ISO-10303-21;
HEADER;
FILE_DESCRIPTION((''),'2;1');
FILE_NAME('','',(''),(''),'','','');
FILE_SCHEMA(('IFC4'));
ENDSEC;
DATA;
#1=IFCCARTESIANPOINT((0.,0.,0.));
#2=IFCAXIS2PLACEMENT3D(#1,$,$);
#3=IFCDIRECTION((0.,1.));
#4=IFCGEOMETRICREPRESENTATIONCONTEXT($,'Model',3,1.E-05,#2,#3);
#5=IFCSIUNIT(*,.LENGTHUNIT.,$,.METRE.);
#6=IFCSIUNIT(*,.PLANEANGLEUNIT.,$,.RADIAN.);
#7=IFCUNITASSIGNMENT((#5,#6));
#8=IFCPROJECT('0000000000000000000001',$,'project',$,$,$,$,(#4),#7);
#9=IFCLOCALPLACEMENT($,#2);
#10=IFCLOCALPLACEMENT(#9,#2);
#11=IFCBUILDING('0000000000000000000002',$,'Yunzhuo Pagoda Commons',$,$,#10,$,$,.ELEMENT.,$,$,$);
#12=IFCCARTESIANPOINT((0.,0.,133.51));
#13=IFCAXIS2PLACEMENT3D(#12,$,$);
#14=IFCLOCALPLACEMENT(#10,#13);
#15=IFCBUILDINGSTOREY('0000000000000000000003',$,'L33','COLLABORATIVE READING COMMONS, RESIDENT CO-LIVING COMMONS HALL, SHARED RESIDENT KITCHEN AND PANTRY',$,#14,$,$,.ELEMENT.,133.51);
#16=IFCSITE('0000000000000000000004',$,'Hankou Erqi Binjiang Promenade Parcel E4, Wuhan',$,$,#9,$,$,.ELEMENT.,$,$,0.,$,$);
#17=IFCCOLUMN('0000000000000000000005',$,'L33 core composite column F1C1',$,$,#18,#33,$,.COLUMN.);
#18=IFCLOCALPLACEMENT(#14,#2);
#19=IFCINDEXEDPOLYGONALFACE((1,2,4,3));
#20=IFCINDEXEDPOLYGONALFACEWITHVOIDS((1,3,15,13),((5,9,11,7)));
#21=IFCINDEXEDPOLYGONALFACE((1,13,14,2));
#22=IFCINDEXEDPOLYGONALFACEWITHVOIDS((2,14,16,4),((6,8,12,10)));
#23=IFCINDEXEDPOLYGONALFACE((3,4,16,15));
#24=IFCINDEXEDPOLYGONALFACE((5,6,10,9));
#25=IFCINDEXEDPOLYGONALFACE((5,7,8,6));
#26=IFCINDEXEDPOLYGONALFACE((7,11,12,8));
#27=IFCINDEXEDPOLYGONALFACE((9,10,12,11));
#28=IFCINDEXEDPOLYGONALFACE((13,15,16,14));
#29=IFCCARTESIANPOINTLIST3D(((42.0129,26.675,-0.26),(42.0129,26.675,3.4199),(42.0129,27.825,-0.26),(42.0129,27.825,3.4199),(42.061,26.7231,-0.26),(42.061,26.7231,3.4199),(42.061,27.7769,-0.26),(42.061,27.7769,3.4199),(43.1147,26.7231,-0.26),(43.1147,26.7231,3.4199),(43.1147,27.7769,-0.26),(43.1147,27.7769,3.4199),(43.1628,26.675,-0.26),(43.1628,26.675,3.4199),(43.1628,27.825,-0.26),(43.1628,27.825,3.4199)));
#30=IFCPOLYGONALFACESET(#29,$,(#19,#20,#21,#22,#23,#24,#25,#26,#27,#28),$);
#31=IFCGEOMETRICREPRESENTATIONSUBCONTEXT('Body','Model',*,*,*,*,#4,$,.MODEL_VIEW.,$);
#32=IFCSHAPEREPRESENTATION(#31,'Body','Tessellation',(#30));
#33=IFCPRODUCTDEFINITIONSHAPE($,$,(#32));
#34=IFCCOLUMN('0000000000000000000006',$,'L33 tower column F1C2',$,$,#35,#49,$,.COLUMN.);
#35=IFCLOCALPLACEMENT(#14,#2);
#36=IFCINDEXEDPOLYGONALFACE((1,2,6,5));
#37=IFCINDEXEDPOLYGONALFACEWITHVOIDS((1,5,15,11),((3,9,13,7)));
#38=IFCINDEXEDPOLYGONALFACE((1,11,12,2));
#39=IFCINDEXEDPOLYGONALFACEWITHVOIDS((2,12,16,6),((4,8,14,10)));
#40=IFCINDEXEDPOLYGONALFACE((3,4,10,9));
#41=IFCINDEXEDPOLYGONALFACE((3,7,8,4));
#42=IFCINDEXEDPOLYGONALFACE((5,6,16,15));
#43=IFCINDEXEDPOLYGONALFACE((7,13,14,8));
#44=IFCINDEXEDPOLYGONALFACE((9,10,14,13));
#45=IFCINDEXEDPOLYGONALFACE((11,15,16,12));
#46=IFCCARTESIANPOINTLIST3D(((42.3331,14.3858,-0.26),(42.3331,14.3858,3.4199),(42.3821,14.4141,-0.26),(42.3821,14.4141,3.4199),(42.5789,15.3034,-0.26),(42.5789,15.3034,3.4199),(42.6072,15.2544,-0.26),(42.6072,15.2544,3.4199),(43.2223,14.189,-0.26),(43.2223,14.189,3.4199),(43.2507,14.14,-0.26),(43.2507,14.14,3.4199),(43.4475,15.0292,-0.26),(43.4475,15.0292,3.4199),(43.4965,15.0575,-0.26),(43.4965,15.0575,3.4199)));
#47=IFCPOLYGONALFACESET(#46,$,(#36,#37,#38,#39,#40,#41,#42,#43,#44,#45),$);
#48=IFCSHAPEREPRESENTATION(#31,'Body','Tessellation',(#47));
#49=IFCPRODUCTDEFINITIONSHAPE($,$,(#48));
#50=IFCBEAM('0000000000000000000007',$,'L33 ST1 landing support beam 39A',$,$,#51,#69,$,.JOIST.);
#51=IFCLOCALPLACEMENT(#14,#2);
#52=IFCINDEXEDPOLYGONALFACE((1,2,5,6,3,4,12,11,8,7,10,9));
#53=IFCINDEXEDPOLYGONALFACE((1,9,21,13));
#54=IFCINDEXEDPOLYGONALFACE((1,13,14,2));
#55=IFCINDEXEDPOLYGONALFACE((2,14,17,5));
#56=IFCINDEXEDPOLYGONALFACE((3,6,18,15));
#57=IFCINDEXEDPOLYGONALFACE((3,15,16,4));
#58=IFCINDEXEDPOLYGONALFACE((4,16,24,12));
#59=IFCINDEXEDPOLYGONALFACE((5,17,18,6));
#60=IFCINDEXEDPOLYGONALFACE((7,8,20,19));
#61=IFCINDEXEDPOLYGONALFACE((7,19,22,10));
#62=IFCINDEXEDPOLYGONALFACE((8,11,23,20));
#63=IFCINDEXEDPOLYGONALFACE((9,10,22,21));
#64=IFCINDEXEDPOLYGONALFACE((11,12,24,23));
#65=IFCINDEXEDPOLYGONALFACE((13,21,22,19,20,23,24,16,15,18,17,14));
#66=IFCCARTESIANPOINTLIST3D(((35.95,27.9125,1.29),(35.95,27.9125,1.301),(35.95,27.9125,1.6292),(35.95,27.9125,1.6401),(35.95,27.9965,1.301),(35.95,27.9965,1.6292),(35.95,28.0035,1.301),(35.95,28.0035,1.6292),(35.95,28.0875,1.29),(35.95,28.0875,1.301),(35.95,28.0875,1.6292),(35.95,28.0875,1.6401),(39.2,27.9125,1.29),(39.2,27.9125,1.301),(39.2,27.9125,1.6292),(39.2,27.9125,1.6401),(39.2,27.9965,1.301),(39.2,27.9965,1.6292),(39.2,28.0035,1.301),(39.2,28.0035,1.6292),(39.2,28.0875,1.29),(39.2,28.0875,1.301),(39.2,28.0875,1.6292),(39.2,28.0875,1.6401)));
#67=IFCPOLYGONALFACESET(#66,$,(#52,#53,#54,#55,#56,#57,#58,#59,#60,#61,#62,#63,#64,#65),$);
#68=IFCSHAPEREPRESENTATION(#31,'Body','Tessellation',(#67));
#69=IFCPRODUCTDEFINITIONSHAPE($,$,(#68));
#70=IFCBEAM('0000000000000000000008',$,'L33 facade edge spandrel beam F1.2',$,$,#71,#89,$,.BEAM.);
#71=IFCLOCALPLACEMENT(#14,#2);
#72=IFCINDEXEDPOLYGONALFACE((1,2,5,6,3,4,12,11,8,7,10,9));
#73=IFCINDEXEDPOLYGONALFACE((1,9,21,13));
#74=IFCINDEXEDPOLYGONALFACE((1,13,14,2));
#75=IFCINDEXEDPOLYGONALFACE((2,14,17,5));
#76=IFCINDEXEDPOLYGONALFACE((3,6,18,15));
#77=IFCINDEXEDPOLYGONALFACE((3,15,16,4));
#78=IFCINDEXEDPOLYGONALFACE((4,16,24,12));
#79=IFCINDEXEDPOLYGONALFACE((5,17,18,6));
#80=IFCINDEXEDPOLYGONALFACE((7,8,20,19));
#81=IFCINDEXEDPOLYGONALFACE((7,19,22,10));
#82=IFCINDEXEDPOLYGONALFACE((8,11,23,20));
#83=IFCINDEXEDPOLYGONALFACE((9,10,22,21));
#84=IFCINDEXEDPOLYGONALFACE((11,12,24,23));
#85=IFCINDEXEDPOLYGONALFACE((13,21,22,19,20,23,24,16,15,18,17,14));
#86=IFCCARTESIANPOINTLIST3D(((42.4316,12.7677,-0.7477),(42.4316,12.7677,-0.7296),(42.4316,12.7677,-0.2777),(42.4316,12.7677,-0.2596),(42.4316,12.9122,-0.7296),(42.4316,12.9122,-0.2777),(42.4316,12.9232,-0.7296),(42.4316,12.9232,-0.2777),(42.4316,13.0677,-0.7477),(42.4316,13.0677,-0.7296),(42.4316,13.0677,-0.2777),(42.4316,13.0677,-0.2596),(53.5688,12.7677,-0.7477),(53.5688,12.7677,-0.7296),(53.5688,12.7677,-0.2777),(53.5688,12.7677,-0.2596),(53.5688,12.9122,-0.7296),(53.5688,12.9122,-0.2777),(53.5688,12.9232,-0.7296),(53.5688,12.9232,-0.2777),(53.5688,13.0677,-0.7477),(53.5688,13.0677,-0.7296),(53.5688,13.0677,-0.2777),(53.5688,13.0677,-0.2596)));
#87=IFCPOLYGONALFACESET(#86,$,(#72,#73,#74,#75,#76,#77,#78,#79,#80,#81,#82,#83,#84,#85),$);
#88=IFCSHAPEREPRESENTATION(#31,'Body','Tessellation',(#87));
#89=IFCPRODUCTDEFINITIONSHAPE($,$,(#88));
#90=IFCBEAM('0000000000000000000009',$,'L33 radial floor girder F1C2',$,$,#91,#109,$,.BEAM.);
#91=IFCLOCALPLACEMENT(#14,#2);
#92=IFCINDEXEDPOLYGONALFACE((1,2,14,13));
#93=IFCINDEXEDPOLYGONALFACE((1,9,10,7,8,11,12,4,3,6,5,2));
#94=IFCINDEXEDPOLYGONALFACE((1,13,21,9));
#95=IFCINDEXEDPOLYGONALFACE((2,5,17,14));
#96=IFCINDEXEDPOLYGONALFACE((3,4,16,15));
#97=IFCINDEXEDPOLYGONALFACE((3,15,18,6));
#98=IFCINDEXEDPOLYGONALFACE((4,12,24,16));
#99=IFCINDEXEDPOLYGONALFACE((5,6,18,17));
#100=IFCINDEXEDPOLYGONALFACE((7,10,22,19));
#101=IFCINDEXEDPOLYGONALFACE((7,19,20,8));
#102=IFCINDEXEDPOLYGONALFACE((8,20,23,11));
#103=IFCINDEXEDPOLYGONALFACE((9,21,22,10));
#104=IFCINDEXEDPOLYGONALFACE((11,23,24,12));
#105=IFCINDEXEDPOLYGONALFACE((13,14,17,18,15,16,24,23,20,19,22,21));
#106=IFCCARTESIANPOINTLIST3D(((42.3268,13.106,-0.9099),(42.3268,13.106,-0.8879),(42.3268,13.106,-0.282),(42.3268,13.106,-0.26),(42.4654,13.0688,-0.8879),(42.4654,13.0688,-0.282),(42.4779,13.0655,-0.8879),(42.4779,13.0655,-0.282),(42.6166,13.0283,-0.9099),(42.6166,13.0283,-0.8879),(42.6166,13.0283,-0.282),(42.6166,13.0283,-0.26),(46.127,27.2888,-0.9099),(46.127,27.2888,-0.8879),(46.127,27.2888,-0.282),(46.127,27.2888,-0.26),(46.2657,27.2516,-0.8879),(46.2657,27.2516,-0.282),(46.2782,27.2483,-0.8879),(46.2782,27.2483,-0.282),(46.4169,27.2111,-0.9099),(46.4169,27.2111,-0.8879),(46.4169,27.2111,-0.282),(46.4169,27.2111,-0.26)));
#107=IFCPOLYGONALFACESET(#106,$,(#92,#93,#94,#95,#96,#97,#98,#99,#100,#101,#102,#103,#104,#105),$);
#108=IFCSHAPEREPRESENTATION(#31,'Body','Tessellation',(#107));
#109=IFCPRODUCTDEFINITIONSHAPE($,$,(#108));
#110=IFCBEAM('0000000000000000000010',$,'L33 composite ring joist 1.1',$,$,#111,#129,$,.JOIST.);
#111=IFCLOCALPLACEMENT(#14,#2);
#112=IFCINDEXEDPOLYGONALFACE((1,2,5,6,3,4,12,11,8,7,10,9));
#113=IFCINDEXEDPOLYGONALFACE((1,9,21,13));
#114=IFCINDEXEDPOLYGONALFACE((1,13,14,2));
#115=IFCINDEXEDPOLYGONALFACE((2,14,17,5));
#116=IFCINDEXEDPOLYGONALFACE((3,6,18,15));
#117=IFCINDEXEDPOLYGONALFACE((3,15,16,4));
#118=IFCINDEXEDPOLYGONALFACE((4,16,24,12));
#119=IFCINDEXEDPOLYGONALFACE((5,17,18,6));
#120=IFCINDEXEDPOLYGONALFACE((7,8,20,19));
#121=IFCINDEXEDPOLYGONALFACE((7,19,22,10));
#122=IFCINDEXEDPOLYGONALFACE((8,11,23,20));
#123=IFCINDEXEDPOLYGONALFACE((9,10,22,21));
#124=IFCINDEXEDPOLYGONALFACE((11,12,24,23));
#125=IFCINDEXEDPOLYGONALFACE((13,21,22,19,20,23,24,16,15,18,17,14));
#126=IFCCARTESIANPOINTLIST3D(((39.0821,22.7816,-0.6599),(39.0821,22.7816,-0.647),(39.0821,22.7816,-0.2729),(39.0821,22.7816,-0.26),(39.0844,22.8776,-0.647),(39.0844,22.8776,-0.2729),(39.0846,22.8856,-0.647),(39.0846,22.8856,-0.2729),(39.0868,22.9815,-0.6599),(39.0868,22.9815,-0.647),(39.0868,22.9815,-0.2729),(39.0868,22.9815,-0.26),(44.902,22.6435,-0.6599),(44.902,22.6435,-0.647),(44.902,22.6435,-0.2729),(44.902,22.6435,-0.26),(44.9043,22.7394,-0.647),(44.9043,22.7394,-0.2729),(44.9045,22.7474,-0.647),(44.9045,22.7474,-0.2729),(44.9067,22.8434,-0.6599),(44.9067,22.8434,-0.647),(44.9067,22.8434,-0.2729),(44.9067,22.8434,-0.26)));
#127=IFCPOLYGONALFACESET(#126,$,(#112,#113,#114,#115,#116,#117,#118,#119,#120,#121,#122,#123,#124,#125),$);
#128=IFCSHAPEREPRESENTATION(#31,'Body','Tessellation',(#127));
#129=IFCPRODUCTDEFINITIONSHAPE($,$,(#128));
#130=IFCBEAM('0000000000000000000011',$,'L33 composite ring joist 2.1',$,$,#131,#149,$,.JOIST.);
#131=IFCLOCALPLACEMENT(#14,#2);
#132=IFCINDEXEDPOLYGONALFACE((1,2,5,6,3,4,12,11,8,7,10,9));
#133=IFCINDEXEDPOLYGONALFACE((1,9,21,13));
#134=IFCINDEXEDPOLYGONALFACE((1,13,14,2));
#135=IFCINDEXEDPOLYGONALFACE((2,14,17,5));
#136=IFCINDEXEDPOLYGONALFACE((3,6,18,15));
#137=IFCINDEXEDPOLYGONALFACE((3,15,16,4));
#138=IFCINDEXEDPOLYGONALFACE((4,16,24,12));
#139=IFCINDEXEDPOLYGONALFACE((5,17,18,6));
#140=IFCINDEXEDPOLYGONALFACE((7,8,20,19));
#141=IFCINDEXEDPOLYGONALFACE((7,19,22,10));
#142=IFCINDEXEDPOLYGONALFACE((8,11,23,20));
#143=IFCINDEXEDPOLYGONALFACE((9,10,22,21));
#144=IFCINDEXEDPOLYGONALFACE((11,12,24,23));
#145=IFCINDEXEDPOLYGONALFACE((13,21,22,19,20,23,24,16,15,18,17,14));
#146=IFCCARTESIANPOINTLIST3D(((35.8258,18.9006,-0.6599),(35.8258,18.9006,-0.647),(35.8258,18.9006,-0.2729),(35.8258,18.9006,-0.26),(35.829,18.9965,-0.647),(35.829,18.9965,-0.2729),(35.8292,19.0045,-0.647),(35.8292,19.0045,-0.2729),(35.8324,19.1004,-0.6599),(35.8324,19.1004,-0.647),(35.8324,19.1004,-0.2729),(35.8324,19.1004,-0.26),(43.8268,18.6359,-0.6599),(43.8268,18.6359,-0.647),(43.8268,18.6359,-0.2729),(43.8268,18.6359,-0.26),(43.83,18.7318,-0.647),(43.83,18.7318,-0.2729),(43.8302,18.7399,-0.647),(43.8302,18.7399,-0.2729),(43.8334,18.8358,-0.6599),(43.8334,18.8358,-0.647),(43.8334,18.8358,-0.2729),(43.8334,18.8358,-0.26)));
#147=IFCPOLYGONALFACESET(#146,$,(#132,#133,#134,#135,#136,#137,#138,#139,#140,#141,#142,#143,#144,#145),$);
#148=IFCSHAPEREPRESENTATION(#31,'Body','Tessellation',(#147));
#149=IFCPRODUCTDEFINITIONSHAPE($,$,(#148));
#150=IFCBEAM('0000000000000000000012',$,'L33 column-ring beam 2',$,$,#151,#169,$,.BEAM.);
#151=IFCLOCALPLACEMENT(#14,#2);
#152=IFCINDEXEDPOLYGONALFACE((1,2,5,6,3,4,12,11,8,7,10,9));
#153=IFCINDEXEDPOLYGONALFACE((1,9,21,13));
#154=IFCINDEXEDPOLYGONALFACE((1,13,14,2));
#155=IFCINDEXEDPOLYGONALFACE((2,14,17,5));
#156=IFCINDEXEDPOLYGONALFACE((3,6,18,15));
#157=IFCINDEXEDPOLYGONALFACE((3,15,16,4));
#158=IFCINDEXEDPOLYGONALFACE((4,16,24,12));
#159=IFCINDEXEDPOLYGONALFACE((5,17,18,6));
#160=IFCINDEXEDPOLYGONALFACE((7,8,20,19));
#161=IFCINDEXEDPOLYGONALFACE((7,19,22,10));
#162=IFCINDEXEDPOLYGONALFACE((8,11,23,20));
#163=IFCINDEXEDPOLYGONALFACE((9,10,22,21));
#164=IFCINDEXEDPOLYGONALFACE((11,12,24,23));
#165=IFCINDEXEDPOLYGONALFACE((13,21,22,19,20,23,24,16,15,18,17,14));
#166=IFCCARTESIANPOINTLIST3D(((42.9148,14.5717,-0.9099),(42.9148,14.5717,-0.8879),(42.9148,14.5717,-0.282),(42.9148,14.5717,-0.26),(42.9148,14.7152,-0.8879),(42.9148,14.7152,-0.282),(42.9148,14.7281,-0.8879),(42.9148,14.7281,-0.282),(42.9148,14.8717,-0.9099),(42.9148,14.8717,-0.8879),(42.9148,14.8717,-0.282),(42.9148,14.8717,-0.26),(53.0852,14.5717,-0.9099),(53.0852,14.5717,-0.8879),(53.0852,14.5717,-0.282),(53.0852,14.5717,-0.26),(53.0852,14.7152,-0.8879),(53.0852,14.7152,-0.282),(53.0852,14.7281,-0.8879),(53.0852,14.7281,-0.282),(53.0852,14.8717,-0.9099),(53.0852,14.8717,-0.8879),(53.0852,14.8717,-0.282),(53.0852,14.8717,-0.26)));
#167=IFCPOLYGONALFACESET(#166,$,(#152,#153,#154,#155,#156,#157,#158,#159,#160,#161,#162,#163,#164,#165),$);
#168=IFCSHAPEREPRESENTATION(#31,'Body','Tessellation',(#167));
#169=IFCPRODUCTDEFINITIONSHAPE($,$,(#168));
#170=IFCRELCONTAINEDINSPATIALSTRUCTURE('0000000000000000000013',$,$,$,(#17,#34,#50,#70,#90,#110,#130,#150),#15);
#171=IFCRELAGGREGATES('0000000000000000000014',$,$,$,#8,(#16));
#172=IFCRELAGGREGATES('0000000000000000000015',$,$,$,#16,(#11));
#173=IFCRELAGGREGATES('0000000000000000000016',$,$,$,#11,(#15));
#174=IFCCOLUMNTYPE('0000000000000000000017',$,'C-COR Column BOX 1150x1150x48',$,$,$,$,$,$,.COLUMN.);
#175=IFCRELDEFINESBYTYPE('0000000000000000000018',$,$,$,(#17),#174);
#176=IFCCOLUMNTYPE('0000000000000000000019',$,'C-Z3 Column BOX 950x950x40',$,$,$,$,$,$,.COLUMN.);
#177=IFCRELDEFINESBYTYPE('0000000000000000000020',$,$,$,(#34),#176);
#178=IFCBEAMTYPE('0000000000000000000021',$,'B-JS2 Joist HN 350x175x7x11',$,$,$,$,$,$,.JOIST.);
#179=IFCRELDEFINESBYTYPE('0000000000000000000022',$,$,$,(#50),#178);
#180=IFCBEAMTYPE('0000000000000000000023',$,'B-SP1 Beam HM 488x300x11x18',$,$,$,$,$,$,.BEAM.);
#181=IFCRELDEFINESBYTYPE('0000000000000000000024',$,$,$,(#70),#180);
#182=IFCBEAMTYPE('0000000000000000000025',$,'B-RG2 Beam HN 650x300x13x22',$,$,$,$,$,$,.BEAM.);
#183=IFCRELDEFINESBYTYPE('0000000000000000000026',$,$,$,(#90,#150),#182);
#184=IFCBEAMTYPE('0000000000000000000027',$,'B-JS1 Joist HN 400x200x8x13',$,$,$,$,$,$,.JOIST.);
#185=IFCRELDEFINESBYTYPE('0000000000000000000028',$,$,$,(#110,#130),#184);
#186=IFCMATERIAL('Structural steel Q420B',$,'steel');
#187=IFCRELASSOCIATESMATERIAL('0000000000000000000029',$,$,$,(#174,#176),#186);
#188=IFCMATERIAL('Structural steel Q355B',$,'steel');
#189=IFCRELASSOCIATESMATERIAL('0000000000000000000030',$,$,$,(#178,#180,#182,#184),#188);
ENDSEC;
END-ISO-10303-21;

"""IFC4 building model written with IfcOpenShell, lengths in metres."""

from ifc_helpers import new_model, si_unit, direction, frame, origin, origin_2d, place, context, subcontext, project, spatial, hollow_rectangle, i_section, extrude, source, transform, mapped, material, material_profile, profile_set, type_object, element, save


model = new_model("IFC4")

# Units and contexts
model_context = context("Model", 3, precision=1e-05, world=origin(), true_north=direction((0.0, 1.0)))
body_context = subcontext(model_context, "Body", "Model", "MODEL_VIEW")
ifc_project = project(units=[si_unit("LENGTHUNIT", "METRE"), si_unit("PLANEANGLEUNIT", "RADIAN")], contexts=[model_context])

# Site, building, storey
site_placement = place(None, origin())
site = spatial("IfcSite", under=ifc_project, at=site_placement, Name="Hankou Erqi Binjiang Promenade Parcel E4, Wuhan", CompositionType="ELEMENT", RefElevation=0.0)
building_placement = place(site_placement, origin())
building = spatial("IfcBuilding", under=site, at=building_placement, Name="Yunzhuo Pagoda Commons", CompositionType="ELEMENT")
storey_placement = place(building_placement, frame((0.0, 0.0, 133.51)))
storey = spatial("IfcBuildingStorey", under=building, at=storey_placement, Name="L33", Description="COLLABORATIVE READING COMMONS, RESIDENT CO-LIVING COMMONS HALL, SHARED RESIDENT KITCHEN AND PANTRY", CompositionType="ELEMENT", Elevation=133.51)

# Columns
ifc_material_1 = material(Name="Structural steel Q420B", Category="steel")
ifc_material_profile_1 = material_profile(ifc_material_1, hollow_rectangle(XDim=1.1499, YDim=1.1499, WallThickness=0.0481, at=origin_2d()), Name="Structural steel Q420B")
ifc_profile_set_1 = profile_set([ifc_material_profile_1], Name="Structural steel Q420B")
column_type_1 = type_object("IfcColumnType", Name="C-COR Column BOX 1150x1150x48", PredefinedType="COLUMN", material=ifc_profile_set_1)
shared_shape_1 = source(origin(), body_context, "Body", "SweptSolid", [
    extrude(hollow_rectangle(XDim=1.1499, YDim=1.1499, WallThickness=0.0481, at=origin_2d()), origin(), (0.0, 0.0, 1.0), 3.6799),
])
column_1_placement = place(storey_placement, frame((42.5879, 27.25, -0.26), z_axis=(0.0, 0.0, 1.0), x_axis=(1.0, 0.0, 0.0)))
element("IfcColumn", 1, at=column_1_placement, inside=storey, type_object=column_type_1, Name="L33 core composite column F1C1", PredefinedType="COLUMN", context=body_context, shape_type="MappedRepresentation", body=[
    mapped(shared_shape_1, transform((0.0, 0.0, 0.0), scale=1.0)),
])
ifc_material_profile_2 = material_profile(ifc_material_1, hollow_rectangle(XDim=0.95, YDim=0.95, WallThickness=0.04, at=origin_2d()), Name="Structural steel Q420B")
ifc_profile_set_2 = profile_set([ifc_material_profile_2], Name="Structural steel Q420B")
column_type_2 = type_object("IfcColumnType", Name="C-Z3 Column BOX 950x950x40", PredefinedType="COLUMN", material=ifc_profile_set_2)
shared_shape_2 = source(origin(), body_context, "Body", "SweptSolid", [
    extrude(hollow_rectangle(XDim=0.95, YDim=0.95, WallThickness=0.04, at=origin_2d()), origin(), (0.0, 0.0, 1.0), 3.6799),
])
column_2_placement = place(storey_placement, frame((42.9148, 14.7217, -0.26), z_axis=(0.0, 0.0, 1.0), x_axis=(0.965926, -0.258819, 0.0)))
element("IfcColumn", 2, at=column_2_placement, inside=storey, type_object=column_type_2, Name="L33 tower column F1C2", PredefinedType="COLUMN", context=body_context, shape_type="MappedRepresentation", body=[
    mapped(shared_shape_2, transform((0.0, 0.0, 0.0), scale=1.0)),
])

# Beams
ifc_material_2 = material(Name="Structural steel Q355B", Category="steel")
ifc_material_profile_3 = material_profile(ifc_material_2, i_section(OverallWidth=0.175, OverallDepth=0.3501, WebThickness=0.0071, FlangeThickness=0.011, at=origin_2d()), Name="Structural steel Q355B")
ifc_profile_set_3 = profile_set([ifc_material_profile_3], Name="Structural steel Q355B")
beam_type_1 = type_object("IfcBeamType", Name="B-JS2 Joist HN 350x175x7x11", PredefinedType="JOIST", material=ifc_profile_set_3)
shared_shape_3 = source(origin(), body_context, "Body", "SweptSolid", [
    extrude(i_section(OverallWidth=0.175, OverallDepth=0.3501, WebThickness=0.0071, FlangeThickness=0.011, at=origin_2d()), origin(), (0.0, 0.0, 1.0), 3.25),
])
beam_1_placement = place(storey_placement, frame((35.95, 28.0, 1.4651), z_axis=(1.0, 0.0, 0.0), x_axis=(0.0, 1.0, 0.0)))
element("IfcBeam", 3, at=beam_1_placement, inside=storey, type_object=beam_type_1, Name="L33 ST1 landing support beam 39A", PredefinedType="JOIST", context=body_context, shape_type="MappedRepresentation", body=[
    mapped(shared_shape_3, transform((0.0, 0.0, 0.0), scale=1.0)),
])
ifc_material_profile_4 = material_profile(ifc_material_2, i_section(OverallWidth=0.3, OverallDepth=0.488, WebThickness=0.011, FlangeThickness=0.0181, at=origin_2d()), Name="Structural steel Q355B")
ifc_profile_set_4 = profile_set([ifc_material_profile_4], Name="Structural steel Q355B")
beam_type_2 = type_object("IfcBeamType", Name="B-SP1 Beam HM 488x300x11x18", PredefinedType="BEAM", material=ifc_profile_set_4)
shared_shape_4 = source(origin(), body_context, "Body", "SweptSolid", [
    extrude(i_section(OverallWidth=0.3, OverallDepth=0.488, WebThickness=0.011, FlangeThickness=0.0181, at=origin_2d()), origin(), (0.0, 0.0, 1.0), 11.1372),
])
beam_2_placement = place(storey_placement, frame((42.4316, 12.9177, -0.5037), z_axis=(1.0, 0.0, 0.0), x_axis=(0.0, 1.0, 0.0)))
element("IfcBeam", 4, at=beam_2_placement, inside=storey, type_object=beam_type_2, Name="L33 facade edge spandrel beam F1.2", PredefinedType="BEAM", context=body_context, shape_type="MappedRepresentation", body=[
    mapped(shared_shape_4, transform((0.0, 0.0, 0.0), scale=1.0)),
])
ifc_material_profile_5 = material_profile(ifc_material_2, i_section(OverallWidth=0.3, OverallDepth=0.6499, WebThickness=0.0129, FlangeThickness=0.022, at=origin_2d()), Name="Structural steel Q355B")
ifc_profile_set_5 = profile_set([ifc_material_profile_5], Name="Structural steel Q355B")
beam_type_3 = type_object("IfcBeamType", Name="B-RG2 Beam HN 650x300x13x22", PredefinedType="BEAM", material=ifc_profile_set_5)
shared_shape_5 = source(origin(), body_context, "Body", "SweptSolid", [
    extrude(i_section(OverallWidth=0.3, OverallDepth=0.6499, WebThickness=0.0129, FlangeThickness=0.022, at=origin_2d()), origin(), (0.0, 0.0, 1.0), 14.6831),
])
beam_3_placement = place(storey_placement, frame((42.4717, 13.0671, -0.585), z_axis=(0.258819, 0.965926, 0.0), x_axis=(-0.965926, 0.258819, 0.0)))
element("IfcBeam", 5, at=beam_3_placement, inside=storey, type_object=beam_type_3, Name="L33 radial floor girder F1C2", PredefinedType="BEAM", context=body_context, shape_type="MappedRepresentation", body=[
    mapped(shared_shape_5, transform((0.0, 0.0, 0.0), scale=1.0)),
])
ifc_material_profile_6 = material_profile(ifc_material_2, i_section(OverallWidth=0.2, OverallDepth=0.3999, WebThickness=0.0081, FlangeThickness=0.0129, at=origin_2d()), Name="Structural steel Q355B")
ifc_profile_set_6 = profile_set([ifc_material_profile_6], Name="Structural steel Q355B")
beam_type_4 = type_object("IfcBeamType", Name="B-JS1 Joist HN 400x200x8x13", PredefinedType="JOIST", material=ifc_profile_set_6)
shared_shape_6 = source(origin(), body_context, "Body", "SweptSolid", [
    extrude(i_section(OverallWidth=0.2, OverallDepth=0.3999, WebThickness=0.0081, FlangeThickness=0.0129, at=origin_2d()), origin(), (0.0, 0.0, 1.0), 5.8215),
])
beam_4_placement = place(storey_placement, frame((39.0845, 22.8816, -0.46), z_axis=(0.999718, -0.023737, 0.0), x_axis=(0.023737, 0.999718, 0.0)))
element("IfcBeam", 6, at=beam_4_placement, inside=storey, type_object=beam_type_4, Name="L33 composite ring joist 1.1", PredefinedType="JOIST", context=body_context, shape_type="MappedRepresentation", body=[
    mapped(shared_shape_6, transform((0.0, 0.0, 0.0), scale=1.0)),
])
shared_shape_7 = source(origin(), body_context, "Body", "SweptSolid", [
    extrude(i_section(OverallWidth=0.2, OverallDepth=0.3999, WebThickness=0.0081, FlangeThickness=0.0129, at=origin_2d()), origin(), (0.0, 0.0, 1.0), 8.0054),
])
beam_5_placement = place(storey_placement, frame((35.8291, 19.0005, -0.46), z_axis=(0.999453, -0.033059, 0.0), x_axis=(0.033059, 0.999453, 0.0)))
element("IfcBeam", 7, at=beam_5_placement, inside=storey, type_object=beam_type_4, Name="L33 composite ring joist 2.1", PredefinedType="JOIST", context=body_context, shape_type="MappedRepresentation", body=[
    mapped(shared_shape_7, transform((0.0, 0.0, 0.0), scale=1.0)),
])
shared_shape_8 = source(origin(), body_context, "Body", "SweptSolid", [
    extrude(i_section(OverallWidth=0.3, OverallDepth=0.6499, WebThickness=0.0129, FlangeThickness=0.022, at=origin_2d()), origin(), (0.0, 0.0, 1.0), 10.1704),
])
beam_6_placement = place(storey_placement, frame((42.9148, 14.7217, -0.585), z_axis=(1.0, 0.0, 0.0), x_axis=(0.0, 1.0, 0.0)))
element("IfcBeam", 8, at=beam_6_placement, inside=storey, type_object=beam_type_3, Name="L33 column-ring beam 2", PredefinedType="BEAM", context=body_context, shape_type="MappedRepresentation", body=[
    mapped(shared_shape_8, transform((0.0, 0.0, 0.0), scale=1.0)),
])

save(model, "model.ifc")
